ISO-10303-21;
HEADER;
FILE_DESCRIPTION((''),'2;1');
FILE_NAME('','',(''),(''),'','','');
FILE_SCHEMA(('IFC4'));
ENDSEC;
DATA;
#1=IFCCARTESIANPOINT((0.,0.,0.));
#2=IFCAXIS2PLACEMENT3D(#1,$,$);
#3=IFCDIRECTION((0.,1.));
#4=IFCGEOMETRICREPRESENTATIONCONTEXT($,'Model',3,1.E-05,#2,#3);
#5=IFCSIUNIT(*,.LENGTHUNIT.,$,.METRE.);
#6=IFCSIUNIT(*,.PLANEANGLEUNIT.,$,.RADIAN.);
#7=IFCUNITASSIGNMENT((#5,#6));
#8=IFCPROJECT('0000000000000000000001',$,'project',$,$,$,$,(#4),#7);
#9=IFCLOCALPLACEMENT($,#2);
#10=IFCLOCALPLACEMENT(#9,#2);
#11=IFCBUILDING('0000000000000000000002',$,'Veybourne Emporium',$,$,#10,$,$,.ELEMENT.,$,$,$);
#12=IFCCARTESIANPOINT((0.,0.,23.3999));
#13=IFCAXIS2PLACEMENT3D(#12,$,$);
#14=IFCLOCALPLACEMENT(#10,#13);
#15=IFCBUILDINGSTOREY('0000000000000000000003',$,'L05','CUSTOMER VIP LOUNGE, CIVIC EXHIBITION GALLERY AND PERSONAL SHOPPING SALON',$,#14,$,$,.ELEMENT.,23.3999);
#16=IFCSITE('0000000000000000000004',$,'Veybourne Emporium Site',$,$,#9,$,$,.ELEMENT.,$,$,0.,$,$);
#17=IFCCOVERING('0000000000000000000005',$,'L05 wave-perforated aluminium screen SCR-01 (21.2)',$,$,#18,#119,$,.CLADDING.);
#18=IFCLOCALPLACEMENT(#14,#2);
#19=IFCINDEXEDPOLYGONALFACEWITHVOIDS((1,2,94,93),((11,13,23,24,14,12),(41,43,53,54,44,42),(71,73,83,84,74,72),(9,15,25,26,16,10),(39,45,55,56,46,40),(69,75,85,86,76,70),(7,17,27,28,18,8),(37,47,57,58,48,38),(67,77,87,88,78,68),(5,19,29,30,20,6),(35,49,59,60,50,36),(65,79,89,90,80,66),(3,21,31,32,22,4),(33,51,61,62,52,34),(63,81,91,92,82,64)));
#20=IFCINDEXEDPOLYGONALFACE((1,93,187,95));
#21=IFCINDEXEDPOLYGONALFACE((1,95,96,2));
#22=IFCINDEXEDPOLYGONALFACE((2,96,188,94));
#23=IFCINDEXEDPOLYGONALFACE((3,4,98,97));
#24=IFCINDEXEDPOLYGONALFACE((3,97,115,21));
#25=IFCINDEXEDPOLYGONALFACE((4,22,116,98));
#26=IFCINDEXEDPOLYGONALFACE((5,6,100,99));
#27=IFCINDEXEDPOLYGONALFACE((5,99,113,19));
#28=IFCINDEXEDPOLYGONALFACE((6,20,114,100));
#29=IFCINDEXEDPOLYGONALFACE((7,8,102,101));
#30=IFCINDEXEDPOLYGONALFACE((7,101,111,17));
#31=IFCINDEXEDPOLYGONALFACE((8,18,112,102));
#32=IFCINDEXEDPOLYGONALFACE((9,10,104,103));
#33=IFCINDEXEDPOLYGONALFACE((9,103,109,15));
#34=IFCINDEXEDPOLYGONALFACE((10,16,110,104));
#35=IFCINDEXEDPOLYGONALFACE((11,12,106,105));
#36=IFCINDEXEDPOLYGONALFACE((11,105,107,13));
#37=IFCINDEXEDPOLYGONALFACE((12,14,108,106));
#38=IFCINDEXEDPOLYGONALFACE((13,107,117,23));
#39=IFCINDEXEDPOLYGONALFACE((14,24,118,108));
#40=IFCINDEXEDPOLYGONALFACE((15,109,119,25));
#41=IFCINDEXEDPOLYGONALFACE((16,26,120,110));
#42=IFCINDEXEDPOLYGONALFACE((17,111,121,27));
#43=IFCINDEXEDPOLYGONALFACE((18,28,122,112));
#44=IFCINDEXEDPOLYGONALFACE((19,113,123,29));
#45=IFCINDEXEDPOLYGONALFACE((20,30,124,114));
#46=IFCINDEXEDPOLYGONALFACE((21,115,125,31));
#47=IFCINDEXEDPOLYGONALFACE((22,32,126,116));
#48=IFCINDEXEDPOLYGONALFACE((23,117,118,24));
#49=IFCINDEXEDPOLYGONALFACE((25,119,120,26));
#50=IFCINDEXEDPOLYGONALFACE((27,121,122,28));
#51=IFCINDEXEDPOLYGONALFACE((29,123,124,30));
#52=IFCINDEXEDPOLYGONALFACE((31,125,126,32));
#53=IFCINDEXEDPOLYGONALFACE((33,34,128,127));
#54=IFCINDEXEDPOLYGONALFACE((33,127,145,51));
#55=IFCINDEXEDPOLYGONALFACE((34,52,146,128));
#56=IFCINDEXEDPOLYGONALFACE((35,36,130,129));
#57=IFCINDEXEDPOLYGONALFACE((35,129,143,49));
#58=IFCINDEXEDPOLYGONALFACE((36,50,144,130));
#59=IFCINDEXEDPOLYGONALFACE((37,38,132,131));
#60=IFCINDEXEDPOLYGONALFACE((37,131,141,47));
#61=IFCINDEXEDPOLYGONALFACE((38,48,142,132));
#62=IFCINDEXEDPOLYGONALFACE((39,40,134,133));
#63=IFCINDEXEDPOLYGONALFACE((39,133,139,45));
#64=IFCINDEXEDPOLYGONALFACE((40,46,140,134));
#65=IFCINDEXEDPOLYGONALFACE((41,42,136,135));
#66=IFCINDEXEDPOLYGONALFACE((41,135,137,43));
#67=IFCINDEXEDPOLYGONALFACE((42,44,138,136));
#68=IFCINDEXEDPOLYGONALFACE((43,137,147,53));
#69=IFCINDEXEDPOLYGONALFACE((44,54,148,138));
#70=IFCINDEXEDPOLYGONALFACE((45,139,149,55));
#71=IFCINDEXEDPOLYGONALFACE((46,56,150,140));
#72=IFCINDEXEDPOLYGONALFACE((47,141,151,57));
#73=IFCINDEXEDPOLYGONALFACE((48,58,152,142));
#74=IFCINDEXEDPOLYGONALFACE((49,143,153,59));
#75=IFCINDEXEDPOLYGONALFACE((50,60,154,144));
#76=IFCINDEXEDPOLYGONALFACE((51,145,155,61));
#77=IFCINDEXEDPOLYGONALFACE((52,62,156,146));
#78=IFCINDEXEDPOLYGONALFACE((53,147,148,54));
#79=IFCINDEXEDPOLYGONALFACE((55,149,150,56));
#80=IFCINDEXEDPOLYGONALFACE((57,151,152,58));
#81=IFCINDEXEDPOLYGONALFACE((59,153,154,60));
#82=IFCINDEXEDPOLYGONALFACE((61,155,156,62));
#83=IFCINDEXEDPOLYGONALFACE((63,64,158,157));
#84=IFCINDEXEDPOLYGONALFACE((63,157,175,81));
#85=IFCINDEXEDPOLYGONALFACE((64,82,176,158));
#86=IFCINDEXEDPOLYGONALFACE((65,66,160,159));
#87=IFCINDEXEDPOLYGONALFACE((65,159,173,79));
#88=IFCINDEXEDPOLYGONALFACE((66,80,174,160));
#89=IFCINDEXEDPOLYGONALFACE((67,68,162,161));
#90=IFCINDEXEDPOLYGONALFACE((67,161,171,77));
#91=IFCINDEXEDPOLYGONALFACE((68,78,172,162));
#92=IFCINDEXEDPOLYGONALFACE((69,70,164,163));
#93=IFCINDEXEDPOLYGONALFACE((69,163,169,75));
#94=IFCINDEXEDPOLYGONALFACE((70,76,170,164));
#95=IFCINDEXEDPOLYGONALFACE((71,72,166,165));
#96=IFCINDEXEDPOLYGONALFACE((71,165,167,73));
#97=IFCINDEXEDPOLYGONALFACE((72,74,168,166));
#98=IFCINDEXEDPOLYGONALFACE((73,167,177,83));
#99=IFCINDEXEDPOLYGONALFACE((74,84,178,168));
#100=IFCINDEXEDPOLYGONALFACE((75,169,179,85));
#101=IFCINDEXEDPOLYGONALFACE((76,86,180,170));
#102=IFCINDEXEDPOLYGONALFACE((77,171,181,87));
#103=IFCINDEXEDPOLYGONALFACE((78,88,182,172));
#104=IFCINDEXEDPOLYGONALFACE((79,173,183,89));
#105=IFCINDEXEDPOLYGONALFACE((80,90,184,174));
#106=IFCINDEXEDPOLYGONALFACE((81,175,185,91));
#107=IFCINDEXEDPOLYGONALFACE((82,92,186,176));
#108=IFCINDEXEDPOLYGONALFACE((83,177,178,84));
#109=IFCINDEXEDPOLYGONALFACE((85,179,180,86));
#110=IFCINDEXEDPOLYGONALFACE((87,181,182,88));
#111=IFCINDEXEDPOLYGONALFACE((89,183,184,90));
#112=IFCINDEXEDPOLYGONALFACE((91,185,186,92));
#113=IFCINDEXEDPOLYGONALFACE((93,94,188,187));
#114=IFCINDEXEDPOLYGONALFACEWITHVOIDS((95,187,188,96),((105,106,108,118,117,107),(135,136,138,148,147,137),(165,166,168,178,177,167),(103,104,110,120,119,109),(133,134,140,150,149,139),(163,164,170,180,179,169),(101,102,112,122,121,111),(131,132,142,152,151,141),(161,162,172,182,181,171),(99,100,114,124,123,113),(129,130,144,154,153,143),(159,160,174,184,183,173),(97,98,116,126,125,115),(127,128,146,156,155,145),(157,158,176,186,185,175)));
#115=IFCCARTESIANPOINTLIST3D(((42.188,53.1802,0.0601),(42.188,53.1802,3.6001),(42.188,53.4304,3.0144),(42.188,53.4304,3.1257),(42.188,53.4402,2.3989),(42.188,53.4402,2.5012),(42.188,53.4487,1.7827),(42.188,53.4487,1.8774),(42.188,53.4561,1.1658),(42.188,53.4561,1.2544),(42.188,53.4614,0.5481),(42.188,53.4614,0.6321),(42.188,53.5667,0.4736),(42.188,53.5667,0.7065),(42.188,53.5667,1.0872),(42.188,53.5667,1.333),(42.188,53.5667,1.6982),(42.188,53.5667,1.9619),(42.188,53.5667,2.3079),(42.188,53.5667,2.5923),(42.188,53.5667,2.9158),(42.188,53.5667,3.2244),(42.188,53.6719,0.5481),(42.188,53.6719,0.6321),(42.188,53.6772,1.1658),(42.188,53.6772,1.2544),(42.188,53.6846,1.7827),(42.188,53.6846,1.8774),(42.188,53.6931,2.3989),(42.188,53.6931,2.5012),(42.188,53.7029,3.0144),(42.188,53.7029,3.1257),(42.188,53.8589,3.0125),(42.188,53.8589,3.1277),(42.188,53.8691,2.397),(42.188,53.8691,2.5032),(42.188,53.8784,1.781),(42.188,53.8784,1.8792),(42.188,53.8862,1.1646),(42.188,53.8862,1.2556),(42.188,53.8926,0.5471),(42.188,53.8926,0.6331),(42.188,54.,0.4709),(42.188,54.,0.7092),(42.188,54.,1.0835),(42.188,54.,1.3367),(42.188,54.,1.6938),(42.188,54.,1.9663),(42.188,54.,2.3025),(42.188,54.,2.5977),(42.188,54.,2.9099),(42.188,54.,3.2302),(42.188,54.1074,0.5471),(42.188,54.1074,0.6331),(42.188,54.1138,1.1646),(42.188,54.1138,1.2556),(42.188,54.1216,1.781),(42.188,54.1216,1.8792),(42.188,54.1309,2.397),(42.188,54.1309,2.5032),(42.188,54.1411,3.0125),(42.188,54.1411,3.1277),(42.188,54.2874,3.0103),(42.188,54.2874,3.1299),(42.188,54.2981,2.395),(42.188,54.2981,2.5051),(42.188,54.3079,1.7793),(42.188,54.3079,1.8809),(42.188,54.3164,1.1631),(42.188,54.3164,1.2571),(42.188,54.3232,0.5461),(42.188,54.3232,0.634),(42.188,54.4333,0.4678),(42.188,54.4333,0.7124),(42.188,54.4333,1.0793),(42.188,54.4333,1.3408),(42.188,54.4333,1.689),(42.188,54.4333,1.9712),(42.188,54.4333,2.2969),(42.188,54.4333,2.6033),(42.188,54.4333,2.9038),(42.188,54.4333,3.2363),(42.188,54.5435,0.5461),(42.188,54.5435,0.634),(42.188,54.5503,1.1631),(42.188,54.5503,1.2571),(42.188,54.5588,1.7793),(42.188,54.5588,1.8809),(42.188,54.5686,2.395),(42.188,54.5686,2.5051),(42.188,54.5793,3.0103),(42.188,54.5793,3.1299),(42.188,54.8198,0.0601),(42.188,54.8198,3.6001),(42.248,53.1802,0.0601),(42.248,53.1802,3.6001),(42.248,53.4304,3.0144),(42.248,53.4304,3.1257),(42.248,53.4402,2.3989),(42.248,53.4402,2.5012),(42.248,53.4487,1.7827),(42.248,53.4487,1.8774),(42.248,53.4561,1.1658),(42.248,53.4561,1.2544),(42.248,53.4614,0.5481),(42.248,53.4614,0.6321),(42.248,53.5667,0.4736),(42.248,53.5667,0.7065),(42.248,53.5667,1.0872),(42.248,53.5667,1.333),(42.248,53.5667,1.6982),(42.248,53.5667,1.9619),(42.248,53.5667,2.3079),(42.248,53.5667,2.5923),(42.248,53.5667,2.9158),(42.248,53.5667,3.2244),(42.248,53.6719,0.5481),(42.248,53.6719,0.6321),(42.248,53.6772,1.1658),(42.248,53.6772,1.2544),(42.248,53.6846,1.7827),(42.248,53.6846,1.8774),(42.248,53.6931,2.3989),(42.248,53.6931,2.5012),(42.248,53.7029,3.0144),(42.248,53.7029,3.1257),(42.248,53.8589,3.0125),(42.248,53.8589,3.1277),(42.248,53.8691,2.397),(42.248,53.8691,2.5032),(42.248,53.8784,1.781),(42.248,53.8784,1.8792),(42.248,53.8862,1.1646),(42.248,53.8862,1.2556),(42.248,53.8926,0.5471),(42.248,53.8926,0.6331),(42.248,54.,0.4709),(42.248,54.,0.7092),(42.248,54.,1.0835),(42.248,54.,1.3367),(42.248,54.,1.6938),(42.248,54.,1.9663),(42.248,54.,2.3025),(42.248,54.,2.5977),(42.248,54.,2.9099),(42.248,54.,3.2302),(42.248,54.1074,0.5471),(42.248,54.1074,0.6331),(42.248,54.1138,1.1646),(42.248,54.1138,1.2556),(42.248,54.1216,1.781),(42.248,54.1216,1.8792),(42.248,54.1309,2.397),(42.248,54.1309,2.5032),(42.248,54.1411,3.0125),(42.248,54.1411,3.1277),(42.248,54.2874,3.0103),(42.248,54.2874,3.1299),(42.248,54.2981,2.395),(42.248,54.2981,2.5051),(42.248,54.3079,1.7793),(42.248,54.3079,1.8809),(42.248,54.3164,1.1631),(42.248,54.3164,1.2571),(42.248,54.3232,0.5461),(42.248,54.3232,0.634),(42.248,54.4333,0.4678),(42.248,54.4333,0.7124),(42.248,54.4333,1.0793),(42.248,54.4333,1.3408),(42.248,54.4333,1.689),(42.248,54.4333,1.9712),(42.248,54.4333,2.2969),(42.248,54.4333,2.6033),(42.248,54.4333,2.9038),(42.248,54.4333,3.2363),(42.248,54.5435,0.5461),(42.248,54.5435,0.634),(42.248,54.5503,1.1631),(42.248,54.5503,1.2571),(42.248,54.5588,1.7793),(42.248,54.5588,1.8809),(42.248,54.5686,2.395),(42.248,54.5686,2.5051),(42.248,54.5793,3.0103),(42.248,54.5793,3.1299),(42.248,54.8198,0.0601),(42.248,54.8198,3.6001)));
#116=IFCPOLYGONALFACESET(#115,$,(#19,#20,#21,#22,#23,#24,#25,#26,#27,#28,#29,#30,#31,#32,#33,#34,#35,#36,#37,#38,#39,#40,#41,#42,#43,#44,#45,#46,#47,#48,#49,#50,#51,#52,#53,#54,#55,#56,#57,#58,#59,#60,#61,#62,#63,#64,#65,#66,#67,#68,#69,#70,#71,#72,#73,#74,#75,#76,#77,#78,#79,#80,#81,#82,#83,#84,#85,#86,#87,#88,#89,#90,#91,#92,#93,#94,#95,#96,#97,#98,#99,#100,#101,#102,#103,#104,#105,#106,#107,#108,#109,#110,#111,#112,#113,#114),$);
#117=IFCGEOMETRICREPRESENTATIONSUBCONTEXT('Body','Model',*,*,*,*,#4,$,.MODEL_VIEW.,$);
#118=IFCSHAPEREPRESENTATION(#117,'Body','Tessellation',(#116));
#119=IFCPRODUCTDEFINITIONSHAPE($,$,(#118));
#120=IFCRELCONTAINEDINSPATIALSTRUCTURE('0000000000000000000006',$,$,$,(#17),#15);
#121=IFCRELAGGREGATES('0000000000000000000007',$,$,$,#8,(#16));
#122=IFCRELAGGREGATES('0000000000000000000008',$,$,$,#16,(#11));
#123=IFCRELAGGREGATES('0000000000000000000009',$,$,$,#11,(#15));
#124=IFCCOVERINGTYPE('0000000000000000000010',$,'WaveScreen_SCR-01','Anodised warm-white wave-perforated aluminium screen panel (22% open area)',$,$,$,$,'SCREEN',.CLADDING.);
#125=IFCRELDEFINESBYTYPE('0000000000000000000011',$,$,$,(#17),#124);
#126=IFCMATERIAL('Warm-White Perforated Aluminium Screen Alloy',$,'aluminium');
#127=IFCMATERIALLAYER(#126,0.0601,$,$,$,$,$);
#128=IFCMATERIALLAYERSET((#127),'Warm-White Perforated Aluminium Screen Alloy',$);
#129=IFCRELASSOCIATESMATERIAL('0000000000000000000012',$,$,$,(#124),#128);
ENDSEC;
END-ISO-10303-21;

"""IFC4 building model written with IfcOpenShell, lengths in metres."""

from ifc_helpers import new_model, si_unit, direction, frame, origin, place, context, subcontext, project, spatial, polyline, outline, extrude, material, layer, layer_set, type_object, element, save


model = new_model("IFC4")

# Units and contexts
model_context = context("Model", 3, precision=1e-05, world=origin(), true_north=direction((0.0, 1.0)))
body_context = subcontext(model_context, "Body", "Model", "MODEL_VIEW")
ifc_project = project(units=[si_unit("LENGTHUNIT", "METRE"), si_unit("PLANEANGLEUNIT", "RADIAN")], contexts=[model_context])

# Site, building, storey
site_placement = place(None, origin())
site = spatial("IfcSite", under=ifc_project, at=site_placement, Name="Veybourne Emporium Site", CompositionType="ELEMENT", RefElevation=0.0)
building_placement = place(site_placement, origin())
building = spatial("IfcBuilding", under=site, at=building_placement, Name="Veybourne Emporium", CompositionType="ELEMENT")
storey_placement = place(building_placement, frame((0.0, 0.0, 23.3999)))
storey = spatial("IfcBuildingStorey", under=building, at=storey_placement, Name="L05", Description="CUSTOMER VIP LOUNGE, CIVIC EXHIBITION GALLERY AND PERSONAL SHOPPING SALON", CompositionType="ELEMENT", Elevation=23.3999)

# Covering
ifc_material_1 = material(Name="Warm-White Perforated Aluminium Screen Alloy", Category="aluminium")
ifc_layer_1 = layer(ifc_material_1, 0.0601)
ifc_layer_set_1 = layer_set([ifc_layer_1], Name="Warm-White Perforated Aluminium Screen Alloy")
covering_type_1 = type_object("IfcCoveringType", Name="WaveScreen_SCR-01", Description="Anodised warm-white wave-perforated aluminium screen panel (22% open area)", ElementType="SCREEN", PredefinedType="CLADDING", material=ifc_layer_set_1)
covering_1_placement = place(storey_placement, frame((42.248, 54.0, 1.8301), z_axis=(-1.0, 0.0, 0.0), x_axis=(0.0, -1.0, 0.0)))
element("IfcCovering", 1, at=covering_1_placement, inside=storey, type_object=covering_type_1, Name="L05 wave-perforated aluminium screen SCR-01 (21.2)", PredefinedType="CLADDING", context=body_context, shape_type="SweptSolid", body=[
    extrude(outline(polyline([(-0.8198, -1.77), (0.8198, -1.77), (0.8198, 1.77), (-0.8198, 1.77), (-0.8198, -1.77)]), holes=[polyline([(-0.4333, -1.1177), (-0.3232, -1.196), (-0.3232, -1.2839), (-0.4333, -1.3623), (-0.5435, -1.2839), (-0.5435, -1.196), (-0.4333, -1.1177)]), polyline([(-0.4333, -0.4893), (-0.3164, -0.573), (-0.3164, -0.667), (-0.4333, -0.7507), (-0.5503, -0.667), (-0.5503, -0.573), (-0.4333, -0.4893)]), polyline([(-0.4333, 0.1411), (-0.3079, 0.0508), (-0.3079, -0.0508), (-0.4333, -0.1411), (-0.5588, -0.0508), (-0.5588, 0.0508), (-0.4333, 0.1411)]), polyline([(-0.4333, 0.7732), (-0.2981, 0.675), (-0.2981, 0.5649), (-0.4333, 0.4668), (-0.5686, 0.5649), (-0.5686, 0.675), (-0.4333, 0.7732)]), polyline([(-0.4333, 1.4062), (-0.2874, 1.2998), (-0.2874, 1.1802), (-0.4333, 1.0737), (-0.5793, 1.1802), (-0.5793, 1.2998), (-0.4333, 1.4062)]), polyline([(0.0, -1.1208), (0.1074, -1.197), (0.1074, -1.283), (0.0, -1.3591), (-0.1074, -1.283), (-0.1074, -1.197), (0.0, -1.1208)]), polyline([(0.0, -0.4934), (0.1138, -0.5745), (0.1138, -0.6655), (0.0, -0.7466), (-0.1138, -0.6655), (-0.1138, -0.5745), (0.0, -0.4934)]), polyline([(0.0, 0.1362), (0.1216, 0.0491), (0.1216, -0.0491), (0.0, -0.1362), (-0.1216, -0.0491), (-0.1216, 0.0491), (0.0, 0.1362)]), polyline([(0.0, 0.7676), (0.1309, 0.6731), (0.1309, 0.5669), (0.0, 0.4724), (-0.1309, 0.5669), (-0.1309, 0.6731), (0.0, 0.7676)]), polyline([(0.0, 1.4001), (0.1411, 1.2976), (0.1411, 1.1824), (0.0, 1.0798), (-0.1411, 1.1824), (-0.1411, 1.2976), (0.0, 1.4001)]), polyline([(0.4333, -1.1235), (0.5386, -1.198), (0.5386, -1.282), (0.4333, -1.3564), (0.3281, -1.282), (0.3281, -1.198), (0.4333, -1.1235)]), polyline([(0.4333, -0.4971), (0.5439, -0.5757), (0.5439, -0.6643), (0.4333, -0.7429), (0.3228, -0.6643), (0.3228, -0.5757), (0.4333, -0.4971)]), polyline([(0.4333, 0.1318), (0.5513, 0.0474), (0.5513, -0.0474), (0.4333, -0.1318), (0.3154, -0.0474), (0.3154, 0.0474), (0.4333, 0.1318)]), polyline([(0.4333, 0.7622), (0.5598, 0.6711), (0.5598, 0.5688), (0.4333, 0.4778), (0.3069, 0.5688), (0.3069, 0.6711), (0.4333, 0.7622)]), polyline([(0.4333, 1.3943), (0.5696, 1.2957), (0.5696, 1.1843), (0.4333, 1.0857), (0.2971, 1.1843), (0.2971, 1.2957), (0.4333, 1.3943)])]), origin(), (0.0, 0.0, 1.0), 0.0601),
])

save(model, "model.ifc")
